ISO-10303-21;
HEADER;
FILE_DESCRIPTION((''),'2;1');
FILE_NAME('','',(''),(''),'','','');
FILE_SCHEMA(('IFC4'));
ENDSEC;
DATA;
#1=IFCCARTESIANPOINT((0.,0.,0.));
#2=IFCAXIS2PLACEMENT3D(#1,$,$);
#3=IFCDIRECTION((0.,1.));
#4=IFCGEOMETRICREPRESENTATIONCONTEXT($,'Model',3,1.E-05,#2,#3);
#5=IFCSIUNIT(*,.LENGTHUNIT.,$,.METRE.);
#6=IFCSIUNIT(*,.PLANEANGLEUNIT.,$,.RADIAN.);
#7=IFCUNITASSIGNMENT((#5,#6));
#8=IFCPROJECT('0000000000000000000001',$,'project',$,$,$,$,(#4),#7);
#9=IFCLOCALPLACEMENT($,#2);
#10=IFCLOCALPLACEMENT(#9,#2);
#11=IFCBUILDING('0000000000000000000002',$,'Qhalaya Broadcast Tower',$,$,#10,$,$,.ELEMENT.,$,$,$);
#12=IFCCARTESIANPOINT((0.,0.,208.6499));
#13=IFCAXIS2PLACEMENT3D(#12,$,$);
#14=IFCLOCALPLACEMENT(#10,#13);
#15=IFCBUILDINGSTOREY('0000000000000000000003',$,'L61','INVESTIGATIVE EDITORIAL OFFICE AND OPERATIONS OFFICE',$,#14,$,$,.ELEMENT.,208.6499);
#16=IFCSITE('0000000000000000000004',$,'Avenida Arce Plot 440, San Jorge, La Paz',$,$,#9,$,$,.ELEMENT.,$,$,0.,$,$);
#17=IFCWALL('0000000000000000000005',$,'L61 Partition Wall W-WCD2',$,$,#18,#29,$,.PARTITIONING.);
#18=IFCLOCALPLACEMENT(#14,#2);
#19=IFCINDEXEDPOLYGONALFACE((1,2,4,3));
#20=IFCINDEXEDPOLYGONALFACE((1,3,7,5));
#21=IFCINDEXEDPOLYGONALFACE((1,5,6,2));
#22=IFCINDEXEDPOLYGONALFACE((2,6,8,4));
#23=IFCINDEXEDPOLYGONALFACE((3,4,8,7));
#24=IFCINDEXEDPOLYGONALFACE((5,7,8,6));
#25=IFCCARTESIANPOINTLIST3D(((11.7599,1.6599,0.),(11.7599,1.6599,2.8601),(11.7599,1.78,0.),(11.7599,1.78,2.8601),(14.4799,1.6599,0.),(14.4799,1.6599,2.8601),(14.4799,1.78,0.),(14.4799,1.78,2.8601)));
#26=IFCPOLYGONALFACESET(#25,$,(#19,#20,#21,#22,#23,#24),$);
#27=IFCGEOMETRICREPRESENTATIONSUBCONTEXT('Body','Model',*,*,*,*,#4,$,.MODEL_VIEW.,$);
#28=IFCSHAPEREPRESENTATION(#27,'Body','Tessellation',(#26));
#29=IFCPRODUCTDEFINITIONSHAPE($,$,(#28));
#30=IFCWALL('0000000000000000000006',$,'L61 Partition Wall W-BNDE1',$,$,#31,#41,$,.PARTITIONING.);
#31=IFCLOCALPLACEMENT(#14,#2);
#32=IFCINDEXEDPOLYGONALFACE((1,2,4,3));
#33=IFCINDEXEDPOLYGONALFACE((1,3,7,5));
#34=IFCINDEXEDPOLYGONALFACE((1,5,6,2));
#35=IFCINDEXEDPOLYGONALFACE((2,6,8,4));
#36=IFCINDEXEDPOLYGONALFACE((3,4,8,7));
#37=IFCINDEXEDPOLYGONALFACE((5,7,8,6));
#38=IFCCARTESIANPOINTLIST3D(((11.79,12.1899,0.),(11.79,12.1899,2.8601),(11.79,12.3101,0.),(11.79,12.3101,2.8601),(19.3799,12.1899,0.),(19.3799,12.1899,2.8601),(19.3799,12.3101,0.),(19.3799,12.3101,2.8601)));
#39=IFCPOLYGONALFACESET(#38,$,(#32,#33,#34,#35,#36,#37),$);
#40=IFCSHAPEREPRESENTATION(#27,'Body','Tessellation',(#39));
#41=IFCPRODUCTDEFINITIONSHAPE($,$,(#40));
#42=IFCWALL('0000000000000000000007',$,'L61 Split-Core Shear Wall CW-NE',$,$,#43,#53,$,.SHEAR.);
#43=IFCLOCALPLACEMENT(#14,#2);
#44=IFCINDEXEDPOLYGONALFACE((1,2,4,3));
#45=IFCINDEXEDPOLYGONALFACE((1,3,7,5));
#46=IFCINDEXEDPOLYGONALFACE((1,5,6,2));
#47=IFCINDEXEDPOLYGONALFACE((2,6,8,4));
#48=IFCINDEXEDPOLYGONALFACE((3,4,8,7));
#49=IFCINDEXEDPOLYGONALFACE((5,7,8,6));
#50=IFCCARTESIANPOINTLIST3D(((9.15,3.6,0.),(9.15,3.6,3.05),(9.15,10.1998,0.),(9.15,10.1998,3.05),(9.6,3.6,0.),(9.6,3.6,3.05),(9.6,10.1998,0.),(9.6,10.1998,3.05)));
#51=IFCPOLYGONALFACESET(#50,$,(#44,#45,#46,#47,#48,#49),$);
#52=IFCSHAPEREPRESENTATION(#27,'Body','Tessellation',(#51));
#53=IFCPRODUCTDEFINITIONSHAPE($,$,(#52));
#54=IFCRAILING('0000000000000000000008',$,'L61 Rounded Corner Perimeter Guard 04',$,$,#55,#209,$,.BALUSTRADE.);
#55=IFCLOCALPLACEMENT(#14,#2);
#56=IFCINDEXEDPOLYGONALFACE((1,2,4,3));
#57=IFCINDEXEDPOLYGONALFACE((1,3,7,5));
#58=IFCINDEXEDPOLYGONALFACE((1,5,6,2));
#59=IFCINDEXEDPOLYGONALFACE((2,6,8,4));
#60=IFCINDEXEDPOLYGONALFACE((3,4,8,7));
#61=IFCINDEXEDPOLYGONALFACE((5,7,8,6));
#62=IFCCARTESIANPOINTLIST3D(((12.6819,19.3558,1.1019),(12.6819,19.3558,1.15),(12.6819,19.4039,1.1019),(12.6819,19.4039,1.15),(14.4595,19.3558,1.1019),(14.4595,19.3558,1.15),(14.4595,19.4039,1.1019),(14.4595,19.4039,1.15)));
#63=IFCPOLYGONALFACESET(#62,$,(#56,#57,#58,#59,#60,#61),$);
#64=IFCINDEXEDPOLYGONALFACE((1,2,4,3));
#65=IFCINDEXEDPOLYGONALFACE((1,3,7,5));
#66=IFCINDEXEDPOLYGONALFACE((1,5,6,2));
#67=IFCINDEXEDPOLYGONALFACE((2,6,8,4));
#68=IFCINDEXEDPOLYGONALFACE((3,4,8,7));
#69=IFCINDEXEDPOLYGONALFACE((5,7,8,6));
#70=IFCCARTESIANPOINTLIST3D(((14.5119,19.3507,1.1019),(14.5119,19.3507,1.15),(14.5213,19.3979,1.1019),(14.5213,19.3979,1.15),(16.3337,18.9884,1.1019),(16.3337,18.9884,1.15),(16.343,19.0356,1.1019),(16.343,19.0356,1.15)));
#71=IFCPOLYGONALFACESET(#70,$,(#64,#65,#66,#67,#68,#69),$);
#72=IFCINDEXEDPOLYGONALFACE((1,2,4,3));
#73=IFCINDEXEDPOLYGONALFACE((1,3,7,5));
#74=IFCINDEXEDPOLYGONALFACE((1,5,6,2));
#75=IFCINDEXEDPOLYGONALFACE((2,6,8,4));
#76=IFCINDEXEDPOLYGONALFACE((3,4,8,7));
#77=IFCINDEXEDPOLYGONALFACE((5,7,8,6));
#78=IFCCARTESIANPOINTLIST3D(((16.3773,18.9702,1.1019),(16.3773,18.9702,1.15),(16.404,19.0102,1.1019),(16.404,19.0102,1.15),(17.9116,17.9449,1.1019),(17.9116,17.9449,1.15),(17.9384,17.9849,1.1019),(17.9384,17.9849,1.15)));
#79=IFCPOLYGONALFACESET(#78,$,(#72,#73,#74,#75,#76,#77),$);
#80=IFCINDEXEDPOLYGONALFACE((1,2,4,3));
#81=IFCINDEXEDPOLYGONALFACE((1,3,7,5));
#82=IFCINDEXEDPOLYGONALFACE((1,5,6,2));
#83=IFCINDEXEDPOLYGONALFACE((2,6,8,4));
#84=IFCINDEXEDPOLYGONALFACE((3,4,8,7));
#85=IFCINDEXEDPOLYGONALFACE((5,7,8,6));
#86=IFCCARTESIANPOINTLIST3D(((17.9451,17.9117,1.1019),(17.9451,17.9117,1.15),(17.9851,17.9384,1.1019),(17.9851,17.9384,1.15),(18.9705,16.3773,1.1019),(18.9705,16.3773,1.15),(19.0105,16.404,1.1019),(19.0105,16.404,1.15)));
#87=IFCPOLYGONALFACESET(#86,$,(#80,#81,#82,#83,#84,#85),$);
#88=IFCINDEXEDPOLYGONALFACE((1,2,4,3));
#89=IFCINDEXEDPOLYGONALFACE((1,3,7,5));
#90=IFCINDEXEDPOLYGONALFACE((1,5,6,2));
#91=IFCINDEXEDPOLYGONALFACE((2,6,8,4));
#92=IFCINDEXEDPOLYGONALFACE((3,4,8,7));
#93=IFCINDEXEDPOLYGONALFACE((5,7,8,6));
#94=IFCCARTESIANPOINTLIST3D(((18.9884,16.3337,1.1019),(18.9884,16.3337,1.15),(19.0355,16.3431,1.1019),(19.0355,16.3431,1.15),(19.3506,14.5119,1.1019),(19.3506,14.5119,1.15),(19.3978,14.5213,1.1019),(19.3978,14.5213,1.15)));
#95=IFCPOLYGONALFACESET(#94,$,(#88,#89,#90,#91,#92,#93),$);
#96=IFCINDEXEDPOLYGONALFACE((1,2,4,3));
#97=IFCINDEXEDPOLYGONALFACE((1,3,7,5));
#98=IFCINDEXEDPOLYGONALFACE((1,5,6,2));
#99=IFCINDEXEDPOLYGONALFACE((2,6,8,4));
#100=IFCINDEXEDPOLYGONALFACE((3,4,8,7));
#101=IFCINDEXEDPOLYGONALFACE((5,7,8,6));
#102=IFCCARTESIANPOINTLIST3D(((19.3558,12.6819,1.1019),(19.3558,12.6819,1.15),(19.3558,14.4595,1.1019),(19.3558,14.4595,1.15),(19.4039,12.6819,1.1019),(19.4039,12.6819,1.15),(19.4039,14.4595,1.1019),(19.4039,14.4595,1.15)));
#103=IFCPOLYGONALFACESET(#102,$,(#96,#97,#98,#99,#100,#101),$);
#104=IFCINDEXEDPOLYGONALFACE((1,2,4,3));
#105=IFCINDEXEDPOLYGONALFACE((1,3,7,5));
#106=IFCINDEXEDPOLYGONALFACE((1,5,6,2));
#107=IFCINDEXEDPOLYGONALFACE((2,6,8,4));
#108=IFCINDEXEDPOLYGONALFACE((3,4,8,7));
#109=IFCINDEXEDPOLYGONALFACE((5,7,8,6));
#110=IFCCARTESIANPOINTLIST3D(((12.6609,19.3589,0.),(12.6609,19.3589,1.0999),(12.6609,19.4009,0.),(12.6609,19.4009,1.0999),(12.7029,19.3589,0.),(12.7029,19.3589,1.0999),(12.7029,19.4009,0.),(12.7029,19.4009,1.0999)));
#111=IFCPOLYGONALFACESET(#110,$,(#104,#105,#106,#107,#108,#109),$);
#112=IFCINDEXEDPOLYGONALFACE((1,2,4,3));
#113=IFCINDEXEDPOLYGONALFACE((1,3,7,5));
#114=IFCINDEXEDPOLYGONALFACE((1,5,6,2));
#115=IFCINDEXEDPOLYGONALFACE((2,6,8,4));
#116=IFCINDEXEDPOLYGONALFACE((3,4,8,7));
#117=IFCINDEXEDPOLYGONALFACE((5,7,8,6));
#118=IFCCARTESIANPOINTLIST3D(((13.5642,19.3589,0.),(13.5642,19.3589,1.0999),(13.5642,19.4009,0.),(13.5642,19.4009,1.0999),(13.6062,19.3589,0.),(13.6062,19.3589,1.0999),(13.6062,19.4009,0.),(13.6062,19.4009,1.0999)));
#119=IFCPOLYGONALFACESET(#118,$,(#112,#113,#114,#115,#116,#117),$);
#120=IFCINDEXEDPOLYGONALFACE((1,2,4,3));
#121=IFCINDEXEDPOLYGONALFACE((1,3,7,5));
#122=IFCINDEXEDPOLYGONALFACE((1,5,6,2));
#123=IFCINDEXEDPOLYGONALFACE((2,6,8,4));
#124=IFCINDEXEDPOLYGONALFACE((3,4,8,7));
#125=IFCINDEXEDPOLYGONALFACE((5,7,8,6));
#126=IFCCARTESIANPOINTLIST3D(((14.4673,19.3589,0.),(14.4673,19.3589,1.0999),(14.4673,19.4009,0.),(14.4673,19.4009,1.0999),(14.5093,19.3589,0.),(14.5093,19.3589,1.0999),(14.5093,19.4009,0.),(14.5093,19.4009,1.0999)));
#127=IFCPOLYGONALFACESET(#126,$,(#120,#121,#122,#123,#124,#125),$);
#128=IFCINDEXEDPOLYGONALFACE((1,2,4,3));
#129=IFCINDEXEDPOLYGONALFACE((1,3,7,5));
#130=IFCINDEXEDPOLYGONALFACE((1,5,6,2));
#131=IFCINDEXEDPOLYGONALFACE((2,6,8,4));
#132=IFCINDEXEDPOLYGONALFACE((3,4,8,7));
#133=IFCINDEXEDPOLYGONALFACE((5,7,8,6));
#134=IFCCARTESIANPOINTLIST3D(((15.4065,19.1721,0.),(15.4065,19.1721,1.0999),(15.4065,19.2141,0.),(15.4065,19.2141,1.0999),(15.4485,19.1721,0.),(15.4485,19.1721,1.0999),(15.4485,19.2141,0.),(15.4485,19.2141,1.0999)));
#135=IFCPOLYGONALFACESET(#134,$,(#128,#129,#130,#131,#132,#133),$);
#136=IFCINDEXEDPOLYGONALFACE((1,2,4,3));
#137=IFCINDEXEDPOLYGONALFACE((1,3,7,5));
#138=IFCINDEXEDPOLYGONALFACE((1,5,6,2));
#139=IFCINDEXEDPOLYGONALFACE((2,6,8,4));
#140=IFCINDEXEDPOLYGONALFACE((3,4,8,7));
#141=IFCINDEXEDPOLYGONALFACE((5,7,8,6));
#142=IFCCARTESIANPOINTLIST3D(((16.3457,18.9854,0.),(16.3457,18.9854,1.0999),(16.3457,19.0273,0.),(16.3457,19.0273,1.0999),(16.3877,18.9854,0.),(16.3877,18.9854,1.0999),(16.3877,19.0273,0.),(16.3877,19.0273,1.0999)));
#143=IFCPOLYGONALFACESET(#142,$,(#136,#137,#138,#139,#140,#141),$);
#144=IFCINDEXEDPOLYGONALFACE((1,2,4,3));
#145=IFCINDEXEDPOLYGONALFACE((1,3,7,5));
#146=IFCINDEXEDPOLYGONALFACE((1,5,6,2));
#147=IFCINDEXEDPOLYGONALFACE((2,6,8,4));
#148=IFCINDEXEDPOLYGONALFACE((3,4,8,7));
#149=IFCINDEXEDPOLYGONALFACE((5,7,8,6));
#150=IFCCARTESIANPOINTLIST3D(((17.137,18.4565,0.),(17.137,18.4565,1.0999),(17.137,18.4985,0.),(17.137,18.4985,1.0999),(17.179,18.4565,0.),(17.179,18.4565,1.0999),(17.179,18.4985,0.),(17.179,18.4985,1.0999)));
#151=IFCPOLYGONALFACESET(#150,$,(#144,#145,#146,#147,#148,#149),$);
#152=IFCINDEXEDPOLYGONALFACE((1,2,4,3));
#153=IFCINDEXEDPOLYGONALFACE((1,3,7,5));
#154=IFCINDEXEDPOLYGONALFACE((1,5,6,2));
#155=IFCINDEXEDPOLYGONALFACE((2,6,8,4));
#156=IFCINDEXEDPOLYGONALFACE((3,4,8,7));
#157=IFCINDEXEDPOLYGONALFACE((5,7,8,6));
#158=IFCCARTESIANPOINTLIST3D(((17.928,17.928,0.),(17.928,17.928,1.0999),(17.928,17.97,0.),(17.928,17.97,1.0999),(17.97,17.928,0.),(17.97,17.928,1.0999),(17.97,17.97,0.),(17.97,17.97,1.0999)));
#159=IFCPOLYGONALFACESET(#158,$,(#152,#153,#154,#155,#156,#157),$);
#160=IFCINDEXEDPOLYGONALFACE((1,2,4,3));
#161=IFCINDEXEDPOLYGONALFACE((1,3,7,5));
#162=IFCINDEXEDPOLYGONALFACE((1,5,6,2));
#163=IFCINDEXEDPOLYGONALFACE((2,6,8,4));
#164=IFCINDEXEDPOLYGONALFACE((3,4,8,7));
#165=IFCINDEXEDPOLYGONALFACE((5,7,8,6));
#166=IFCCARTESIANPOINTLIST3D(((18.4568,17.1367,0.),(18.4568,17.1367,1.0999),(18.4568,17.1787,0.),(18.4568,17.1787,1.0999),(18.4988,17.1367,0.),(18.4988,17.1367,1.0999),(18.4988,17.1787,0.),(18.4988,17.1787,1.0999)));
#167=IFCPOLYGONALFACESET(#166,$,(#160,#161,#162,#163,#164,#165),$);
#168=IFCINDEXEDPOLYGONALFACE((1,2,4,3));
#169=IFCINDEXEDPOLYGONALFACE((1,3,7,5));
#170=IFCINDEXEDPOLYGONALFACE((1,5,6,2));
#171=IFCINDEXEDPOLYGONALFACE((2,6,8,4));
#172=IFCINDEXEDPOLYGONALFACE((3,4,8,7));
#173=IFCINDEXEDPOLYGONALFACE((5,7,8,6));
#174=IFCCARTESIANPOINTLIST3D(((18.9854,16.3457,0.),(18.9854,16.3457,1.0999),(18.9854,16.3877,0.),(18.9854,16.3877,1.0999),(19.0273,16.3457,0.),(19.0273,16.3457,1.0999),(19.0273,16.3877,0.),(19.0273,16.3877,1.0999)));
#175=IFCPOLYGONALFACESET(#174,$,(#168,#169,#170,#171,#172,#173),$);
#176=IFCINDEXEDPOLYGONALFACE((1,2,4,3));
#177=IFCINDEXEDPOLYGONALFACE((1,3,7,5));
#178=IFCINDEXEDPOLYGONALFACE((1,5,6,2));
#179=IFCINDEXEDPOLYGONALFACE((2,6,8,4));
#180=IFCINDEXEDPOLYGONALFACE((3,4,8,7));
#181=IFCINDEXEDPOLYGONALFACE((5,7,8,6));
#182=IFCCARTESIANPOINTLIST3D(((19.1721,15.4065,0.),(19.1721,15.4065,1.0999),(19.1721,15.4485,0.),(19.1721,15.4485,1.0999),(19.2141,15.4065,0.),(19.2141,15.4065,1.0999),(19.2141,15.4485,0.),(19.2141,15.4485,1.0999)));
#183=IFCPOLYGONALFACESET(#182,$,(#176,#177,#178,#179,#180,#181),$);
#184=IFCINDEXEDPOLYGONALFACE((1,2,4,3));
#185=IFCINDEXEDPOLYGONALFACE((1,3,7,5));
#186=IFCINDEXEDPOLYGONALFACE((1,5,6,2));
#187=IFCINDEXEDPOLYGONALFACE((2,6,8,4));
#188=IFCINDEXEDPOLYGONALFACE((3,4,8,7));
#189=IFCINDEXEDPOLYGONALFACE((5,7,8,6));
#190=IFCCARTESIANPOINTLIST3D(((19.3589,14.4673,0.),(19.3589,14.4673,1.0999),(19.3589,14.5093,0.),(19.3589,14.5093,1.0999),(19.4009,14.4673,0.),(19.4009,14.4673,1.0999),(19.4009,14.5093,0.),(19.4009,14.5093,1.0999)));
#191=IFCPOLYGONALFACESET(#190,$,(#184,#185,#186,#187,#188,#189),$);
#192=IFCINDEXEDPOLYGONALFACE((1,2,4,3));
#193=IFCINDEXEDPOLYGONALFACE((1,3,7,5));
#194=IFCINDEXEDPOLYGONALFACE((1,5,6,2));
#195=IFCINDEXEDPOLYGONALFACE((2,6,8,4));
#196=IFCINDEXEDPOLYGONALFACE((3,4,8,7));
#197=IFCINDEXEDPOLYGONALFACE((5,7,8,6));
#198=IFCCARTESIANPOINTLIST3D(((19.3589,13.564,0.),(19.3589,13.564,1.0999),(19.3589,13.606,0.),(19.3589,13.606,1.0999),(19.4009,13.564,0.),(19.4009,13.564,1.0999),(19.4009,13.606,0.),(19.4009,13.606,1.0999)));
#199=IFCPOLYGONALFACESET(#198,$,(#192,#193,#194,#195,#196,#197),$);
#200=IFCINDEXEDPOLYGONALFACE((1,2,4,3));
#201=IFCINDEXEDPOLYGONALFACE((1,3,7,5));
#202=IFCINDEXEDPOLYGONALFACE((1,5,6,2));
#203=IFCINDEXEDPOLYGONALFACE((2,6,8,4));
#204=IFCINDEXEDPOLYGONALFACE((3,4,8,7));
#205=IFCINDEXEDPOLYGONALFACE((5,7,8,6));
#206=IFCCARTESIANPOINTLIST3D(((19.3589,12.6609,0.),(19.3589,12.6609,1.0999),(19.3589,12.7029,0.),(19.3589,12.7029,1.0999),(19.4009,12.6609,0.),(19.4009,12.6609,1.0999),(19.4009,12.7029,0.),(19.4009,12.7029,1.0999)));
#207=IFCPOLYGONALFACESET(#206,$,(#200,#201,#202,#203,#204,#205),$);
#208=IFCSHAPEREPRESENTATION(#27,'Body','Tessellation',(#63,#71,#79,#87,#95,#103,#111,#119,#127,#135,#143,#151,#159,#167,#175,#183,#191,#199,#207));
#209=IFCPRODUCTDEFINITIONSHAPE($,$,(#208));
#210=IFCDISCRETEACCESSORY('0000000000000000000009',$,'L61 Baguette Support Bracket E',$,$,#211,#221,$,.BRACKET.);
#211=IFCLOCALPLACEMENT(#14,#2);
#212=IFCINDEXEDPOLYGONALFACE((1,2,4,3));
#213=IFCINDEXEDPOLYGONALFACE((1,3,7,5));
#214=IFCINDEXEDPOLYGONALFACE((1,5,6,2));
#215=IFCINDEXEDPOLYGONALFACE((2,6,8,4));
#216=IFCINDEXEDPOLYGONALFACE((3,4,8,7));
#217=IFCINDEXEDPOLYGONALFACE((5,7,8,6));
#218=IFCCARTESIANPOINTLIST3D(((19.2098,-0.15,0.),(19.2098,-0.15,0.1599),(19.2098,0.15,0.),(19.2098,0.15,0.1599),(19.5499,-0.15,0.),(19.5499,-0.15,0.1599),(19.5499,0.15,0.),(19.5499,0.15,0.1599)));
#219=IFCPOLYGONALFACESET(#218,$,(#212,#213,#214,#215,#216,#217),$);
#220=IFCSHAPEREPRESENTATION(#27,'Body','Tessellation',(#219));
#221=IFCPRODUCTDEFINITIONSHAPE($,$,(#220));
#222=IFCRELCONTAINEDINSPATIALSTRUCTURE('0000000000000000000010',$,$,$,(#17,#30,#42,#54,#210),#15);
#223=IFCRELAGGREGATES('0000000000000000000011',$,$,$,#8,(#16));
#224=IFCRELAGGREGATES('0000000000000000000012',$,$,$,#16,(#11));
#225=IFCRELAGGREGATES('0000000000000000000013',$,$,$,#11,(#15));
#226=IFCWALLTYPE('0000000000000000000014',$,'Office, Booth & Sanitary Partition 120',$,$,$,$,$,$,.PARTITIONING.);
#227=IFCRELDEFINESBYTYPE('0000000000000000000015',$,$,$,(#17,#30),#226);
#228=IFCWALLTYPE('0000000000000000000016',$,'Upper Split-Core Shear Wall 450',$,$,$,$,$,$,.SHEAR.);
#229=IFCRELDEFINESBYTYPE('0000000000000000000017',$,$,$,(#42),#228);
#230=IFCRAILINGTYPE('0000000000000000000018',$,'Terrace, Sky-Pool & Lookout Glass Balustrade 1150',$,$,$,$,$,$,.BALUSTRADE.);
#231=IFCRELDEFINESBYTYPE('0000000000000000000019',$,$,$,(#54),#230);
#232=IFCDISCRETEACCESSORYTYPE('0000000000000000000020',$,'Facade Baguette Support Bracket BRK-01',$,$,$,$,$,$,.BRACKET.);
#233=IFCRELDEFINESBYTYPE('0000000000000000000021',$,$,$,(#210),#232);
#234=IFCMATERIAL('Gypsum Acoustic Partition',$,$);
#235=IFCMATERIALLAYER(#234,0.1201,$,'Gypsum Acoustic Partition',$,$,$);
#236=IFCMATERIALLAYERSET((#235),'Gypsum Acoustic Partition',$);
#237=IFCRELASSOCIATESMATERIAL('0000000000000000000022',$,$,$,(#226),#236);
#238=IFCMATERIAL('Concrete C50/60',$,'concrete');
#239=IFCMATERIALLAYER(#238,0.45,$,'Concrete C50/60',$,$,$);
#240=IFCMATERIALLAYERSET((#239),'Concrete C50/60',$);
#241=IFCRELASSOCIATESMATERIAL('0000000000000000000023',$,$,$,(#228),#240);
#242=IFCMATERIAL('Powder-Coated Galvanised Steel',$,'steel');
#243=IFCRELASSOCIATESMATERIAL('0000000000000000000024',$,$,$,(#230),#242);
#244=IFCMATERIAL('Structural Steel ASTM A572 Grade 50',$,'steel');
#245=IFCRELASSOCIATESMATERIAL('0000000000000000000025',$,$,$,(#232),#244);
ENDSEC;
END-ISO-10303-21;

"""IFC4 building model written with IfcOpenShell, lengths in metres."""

from ifc_helpers import new_model, si_unit, direction, frame, frame_2d, origin, origin_2d, place, context, subcontext, project, spatial, rectangle, extrude, material, layer, layer_set, type_object, element, save


model = new_model("IFC4")

# Units and contexts
model_context = context("Model", 3, precision=1e-05, world=origin(), true_north=direction((0.0, 1.0)))
body_context = subcontext(model_context, "Body", "Model", "MODEL_VIEW")
ifc_project = project(units=[si_unit("LENGTHUNIT", "METRE"), si_unit("PLANEANGLEUNIT", "RADIAN")], contexts=[model_context])

# Site, building, storey
site_placement = place(None, origin())
site = spatial("IfcSite", under=ifc_project, at=site_placement, Name="Avenida Arce Plot 440, San Jorge, La Paz", CompositionType="ELEMENT", RefElevation=0.0)
building_placement = place(site_placement, origin())
building = spatial("IfcBuilding", under=site, at=building_placement, Name="Qhalaya Broadcast Tower", CompositionType="ELEMENT")
storey_placement = place(building_placement, frame((0.0, 0.0, 208.6499)))
storey = spatial("IfcBuildingStorey", under=building, at=storey_placement, Name="L61", Description="INVESTIGATIVE EDITORIAL OFFICE AND OPERATIONS OFFICE", CompositionType="ELEMENT", Elevation=208.6499)

# Shared definitions
ifc_material_1 = material(Name="Concrete C50/60", Category="concrete")
ifc_material_2 = material(Name="Structural Steel ASTM A572 Grade 50", Category="steel")

# Shared definitions
ifc_material_3 = material(Name="Gypsum Acoustic Partition")

# Shared definitions
ifc_layer_1 = layer(ifc_material_3, 0.1201, Name="Gypsum Acoustic Partition")
ifc_layer_set_1 = layer_set([ifc_layer_1], Name="Gypsum Acoustic Partition")
wall_type_1 = type_object("IfcWallType", Name="Office, Booth & Sanitary Partition 120", PredefinedType="PARTITIONING", material=ifc_layer_set_1)

# Walls
wall_1_placement = place(storey_placement, frame((11.76, 1.72, 0.0), z_axis=(0.0, 0.0, 1.0), x_axis=(1.0, 0.0, 0.0)))
element("IfcWall", 1, at=wall_1_placement, inside=storey, type_object=wall_type_1, Name="L61 Partition Wall W-WCD2", PredefinedType="PARTITIONING", context=body_context, shape_type="SweptSolid", body=[
    extrude(rectangle(XDim=2.72, YDim=0.1201, at=frame_2d((1.3599, 0.0))), origin(), (0.0, 0.0, 1.0), 2.8601),
])
wall_2_placement = place(storey_placement, frame((11.79, 12.25, 0.0), z_axis=(0.0, 0.0, 1.0), x_axis=(1.0, 0.0, 0.0)))
element("IfcWall", 2, at=wall_2_placement, inside=storey, type_object=wall_type_1, Name="L61 Partition Wall W-BNDE1", PredefinedType="PARTITIONING", context=body_context, shape_type="SweptSolid", body=[
    extrude(rectangle(XDim=7.5898, YDim=0.1201, at=frame_2d((3.7949, 0.0))), origin(), (0.0, 0.0, 1.0), 2.8601),
])
ifc_layer_2 = layer(ifc_material_1, 0.45, Name="Concrete C50/60")
ifc_layer_set_2 = layer_set([ifc_layer_2], Name="Concrete C50/60")
wall_type_2 = type_object("IfcWallType", Name="Upper Split-Core Shear Wall 450", PredefinedType="SHEAR", material=ifc_layer_set_2)
wall_3_placement = place(storey_placement, frame((9.375, 3.6001, 0.0), z_axis=(0.0, 0.0, 1.0), x_axis=(0.0, 1.0, 0.0)))
element("IfcWall", 3, at=wall_3_placement, inside=storey, type_object=wall_type_2, Name="L61 Split-Core Shear Wall CW-NE", PredefinedType="SHEAR", context=body_context, shape_type="SweptSolid", body=[
    extrude(rectangle(XDim=6.5999, YDim=0.45, at=frame_2d((3.2998, 0.0))), origin(), (0.0, 0.0, 1.0), 3.05),
])

# Railing
ifc_material_4 = material(Name="Powder-Coated Galvanised Steel", Category="steel")
railing_type = type_object("IfcRailingType", Name="Terrace, Sky-Pool & Lookout Glass Balustrade 1150", PredefinedType="BALUSTRADE", material=ifc_material_4)
railing_placement = place(storey_placement, frame((12.6819, 19.3799, 0.0)))
element("IfcRailing", 4, at=railing_placement, inside=storey, type_object=railing_type, Name="L61 Rounded Corner Perimeter Guard 04", PredefinedType="BALUSTRADE", context=body_context, shape_type="SweptSolid", body=[
    extrude(rectangle(XDim=0.0481, YDim=0.0481, at=origin_2d()), frame((0.0, 0.0, 1.126), z_axis=(1.0, 0.0, 0.0), x_axis=(0.0, 1.0, 0.0)), (0.0, 0.0, 1.0), 1.7776),
    extrude(rectangle(XDim=0.0481, YDim=0.0481, at=origin_2d()), frame((1.8347, -0.0056, 1.126), z_axis=(0.980796, -0.195037, 0.0), x_axis=(0.195037, 0.980796, 0.0)), (0.0, 0.0, 1.0), 1.8574),
    extrude(rectangle(XDim=0.0481, YDim=0.0481, at=origin_2d()), frame((3.7087, -0.3896, 1.126), z_axis=(0.831438, -0.555618, 0.0), x_axis=(0.555618, 0.831438, 0.0)), (0.0, 0.0, 1.0), 1.8455),
    extrude(rectangle(XDim=0.0481, YDim=0.0481, at=origin_2d()), frame((5.2832, -1.4548, 1.126), z_axis=(0.555618, -0.831438, 0.0), x_axis=(0.831438, 0.555618, 0.0)), (0.0, 0.0, 1.0), 1.8455),
    extrude(rectangle(XDim=0.0481, YDim=0.0481, at=origin_2d()), frame((6.3301, -3.0415, 1.126), z_axis=(0.195037, -0.980796, 0.0), x_axis=(0.980796, 0.195037, 0.0)), (0.0, 0.0, 1.0), 1.8574),
    extrude(rectangle(XDim=0.0481, YDim=0.0481, at=origin_2d()), frame((6.698, -4.9204, 1.126), z_axis=(0.0, -1.0, 0.0), x_axis=(1.0, 0.0, 0.0)), (0.0, 0.0, 1.0), 1.7776),
    extrude(rectangle(XDim=0.042, YDim=0.042, at=origin_2d()), origin(), (0.0, 0.0, 1.0), 1.0999),
    extrude(rectangle(XDim=0.042, YDim=0.042, at=origin_2d()), frame((0.9033, 0.0, 0.0)), (0.0, 0.0, 1.0), 1.0999),
    extrude(rectangle(XDim=0.042, YDim=0.042, at=origin_2d()), frame((1.8064, 0.0, 0.0)), (0.0, 0.0, 1.0), 1.0999),
    extrude(rectangle(XDim=0.042, YDim=0.042, at=origin_2d()), frame((2.7456, -0.1868, 0.0)), (0.0, 0.0, 1.0), 1.0999),
    extrude(rectangle(XDim=0.042, YDim=0.042, at=origin_2d()), frame((3.6848, -0.3735, 0.0)), (0.0, 0.0, 1.0), 1.0999),
    extrude(rectangle(XDim=0.042, YDim=0.042, at=origin_2d()), frame((4.4761, -0.9023, 0.0)), (0.0, 0.0, 1.0), 1.0999),
    extrude(rectangle(XDim=0.042, YDim=0.042, at=origin_2d()), frame((5.2671, -1.4309, 0.0)), (0.0, 0.0, 1.0), 1.0999),
    extrude(rectangle(XDim=0.042, YDim=0.042, at=origin_2d()), frame((5.7959, -2.2222, 0.0)), (0.0, 0.0, 1.0), 1.0999),
    extrude(rectangle(XDim=0.042, YDim=0.042, at=origin_2d()), frame((6.3245, -3.0132, 0.0)), (0.0, 0.0, 1.0), 1.0999),
    extrude(rectangle(XDim=0.042, YDim=0.042, at=origin_2d()), frame((6.5112, -3.9524, 0.0)), (0.0, 0.0, 1.0), 1.0999),
    extrude(rectangle(XDim=0.042, YDim=0.042, at=origin_2d()), frame((6.698, -4.8916, 0.0)), (0.0, 0.0, 1.0), 1.0999),
    extrude(rectangle(XDim=0.042, YDim=0.042, at=origin_2d()), frame((6.698, -5.7949, 0.0)), (0.0, 0.0, 1.0), 1.0999),
    extrude(rectangle(XDim=0.042, YDim=0.042, at=origin_2d()), frame((6.698, -6.698, 0.0)), (0.0, 0.0, 1.0), 1.0999),
])

# Discrete accessory
discrete_accessory_type = type_object("IfcDiscreteAccessoryType", Name="Facade Baguette Support Bracket BRK-01", PredefinedType="BRACKET", material=ifc_material_2)
discrete_accessory_placement = place(storey_placement, frame((19.3799, 0.0, 0.0), z_axis=(0.0, 0.0, 1.0), x_axis=(0.0, 1.0, 0.0)))
element("IfcDiscreteAccessory", 5, at=discrete_accessory_placement, inside=storey, type_object=discrete_accessory_type, Name="L61 Baguette Support Bracket E", PredefinedType="BRACKET", context=body_context, shape_type="SweptSolid", body=[
    extrude(rectangle(XDim=0.3, YDim=0.3401, at=origin_2d()), origin(), (0.0, 0.0, 1.0), 0.1599),
])

save(model, "model.ifc")
